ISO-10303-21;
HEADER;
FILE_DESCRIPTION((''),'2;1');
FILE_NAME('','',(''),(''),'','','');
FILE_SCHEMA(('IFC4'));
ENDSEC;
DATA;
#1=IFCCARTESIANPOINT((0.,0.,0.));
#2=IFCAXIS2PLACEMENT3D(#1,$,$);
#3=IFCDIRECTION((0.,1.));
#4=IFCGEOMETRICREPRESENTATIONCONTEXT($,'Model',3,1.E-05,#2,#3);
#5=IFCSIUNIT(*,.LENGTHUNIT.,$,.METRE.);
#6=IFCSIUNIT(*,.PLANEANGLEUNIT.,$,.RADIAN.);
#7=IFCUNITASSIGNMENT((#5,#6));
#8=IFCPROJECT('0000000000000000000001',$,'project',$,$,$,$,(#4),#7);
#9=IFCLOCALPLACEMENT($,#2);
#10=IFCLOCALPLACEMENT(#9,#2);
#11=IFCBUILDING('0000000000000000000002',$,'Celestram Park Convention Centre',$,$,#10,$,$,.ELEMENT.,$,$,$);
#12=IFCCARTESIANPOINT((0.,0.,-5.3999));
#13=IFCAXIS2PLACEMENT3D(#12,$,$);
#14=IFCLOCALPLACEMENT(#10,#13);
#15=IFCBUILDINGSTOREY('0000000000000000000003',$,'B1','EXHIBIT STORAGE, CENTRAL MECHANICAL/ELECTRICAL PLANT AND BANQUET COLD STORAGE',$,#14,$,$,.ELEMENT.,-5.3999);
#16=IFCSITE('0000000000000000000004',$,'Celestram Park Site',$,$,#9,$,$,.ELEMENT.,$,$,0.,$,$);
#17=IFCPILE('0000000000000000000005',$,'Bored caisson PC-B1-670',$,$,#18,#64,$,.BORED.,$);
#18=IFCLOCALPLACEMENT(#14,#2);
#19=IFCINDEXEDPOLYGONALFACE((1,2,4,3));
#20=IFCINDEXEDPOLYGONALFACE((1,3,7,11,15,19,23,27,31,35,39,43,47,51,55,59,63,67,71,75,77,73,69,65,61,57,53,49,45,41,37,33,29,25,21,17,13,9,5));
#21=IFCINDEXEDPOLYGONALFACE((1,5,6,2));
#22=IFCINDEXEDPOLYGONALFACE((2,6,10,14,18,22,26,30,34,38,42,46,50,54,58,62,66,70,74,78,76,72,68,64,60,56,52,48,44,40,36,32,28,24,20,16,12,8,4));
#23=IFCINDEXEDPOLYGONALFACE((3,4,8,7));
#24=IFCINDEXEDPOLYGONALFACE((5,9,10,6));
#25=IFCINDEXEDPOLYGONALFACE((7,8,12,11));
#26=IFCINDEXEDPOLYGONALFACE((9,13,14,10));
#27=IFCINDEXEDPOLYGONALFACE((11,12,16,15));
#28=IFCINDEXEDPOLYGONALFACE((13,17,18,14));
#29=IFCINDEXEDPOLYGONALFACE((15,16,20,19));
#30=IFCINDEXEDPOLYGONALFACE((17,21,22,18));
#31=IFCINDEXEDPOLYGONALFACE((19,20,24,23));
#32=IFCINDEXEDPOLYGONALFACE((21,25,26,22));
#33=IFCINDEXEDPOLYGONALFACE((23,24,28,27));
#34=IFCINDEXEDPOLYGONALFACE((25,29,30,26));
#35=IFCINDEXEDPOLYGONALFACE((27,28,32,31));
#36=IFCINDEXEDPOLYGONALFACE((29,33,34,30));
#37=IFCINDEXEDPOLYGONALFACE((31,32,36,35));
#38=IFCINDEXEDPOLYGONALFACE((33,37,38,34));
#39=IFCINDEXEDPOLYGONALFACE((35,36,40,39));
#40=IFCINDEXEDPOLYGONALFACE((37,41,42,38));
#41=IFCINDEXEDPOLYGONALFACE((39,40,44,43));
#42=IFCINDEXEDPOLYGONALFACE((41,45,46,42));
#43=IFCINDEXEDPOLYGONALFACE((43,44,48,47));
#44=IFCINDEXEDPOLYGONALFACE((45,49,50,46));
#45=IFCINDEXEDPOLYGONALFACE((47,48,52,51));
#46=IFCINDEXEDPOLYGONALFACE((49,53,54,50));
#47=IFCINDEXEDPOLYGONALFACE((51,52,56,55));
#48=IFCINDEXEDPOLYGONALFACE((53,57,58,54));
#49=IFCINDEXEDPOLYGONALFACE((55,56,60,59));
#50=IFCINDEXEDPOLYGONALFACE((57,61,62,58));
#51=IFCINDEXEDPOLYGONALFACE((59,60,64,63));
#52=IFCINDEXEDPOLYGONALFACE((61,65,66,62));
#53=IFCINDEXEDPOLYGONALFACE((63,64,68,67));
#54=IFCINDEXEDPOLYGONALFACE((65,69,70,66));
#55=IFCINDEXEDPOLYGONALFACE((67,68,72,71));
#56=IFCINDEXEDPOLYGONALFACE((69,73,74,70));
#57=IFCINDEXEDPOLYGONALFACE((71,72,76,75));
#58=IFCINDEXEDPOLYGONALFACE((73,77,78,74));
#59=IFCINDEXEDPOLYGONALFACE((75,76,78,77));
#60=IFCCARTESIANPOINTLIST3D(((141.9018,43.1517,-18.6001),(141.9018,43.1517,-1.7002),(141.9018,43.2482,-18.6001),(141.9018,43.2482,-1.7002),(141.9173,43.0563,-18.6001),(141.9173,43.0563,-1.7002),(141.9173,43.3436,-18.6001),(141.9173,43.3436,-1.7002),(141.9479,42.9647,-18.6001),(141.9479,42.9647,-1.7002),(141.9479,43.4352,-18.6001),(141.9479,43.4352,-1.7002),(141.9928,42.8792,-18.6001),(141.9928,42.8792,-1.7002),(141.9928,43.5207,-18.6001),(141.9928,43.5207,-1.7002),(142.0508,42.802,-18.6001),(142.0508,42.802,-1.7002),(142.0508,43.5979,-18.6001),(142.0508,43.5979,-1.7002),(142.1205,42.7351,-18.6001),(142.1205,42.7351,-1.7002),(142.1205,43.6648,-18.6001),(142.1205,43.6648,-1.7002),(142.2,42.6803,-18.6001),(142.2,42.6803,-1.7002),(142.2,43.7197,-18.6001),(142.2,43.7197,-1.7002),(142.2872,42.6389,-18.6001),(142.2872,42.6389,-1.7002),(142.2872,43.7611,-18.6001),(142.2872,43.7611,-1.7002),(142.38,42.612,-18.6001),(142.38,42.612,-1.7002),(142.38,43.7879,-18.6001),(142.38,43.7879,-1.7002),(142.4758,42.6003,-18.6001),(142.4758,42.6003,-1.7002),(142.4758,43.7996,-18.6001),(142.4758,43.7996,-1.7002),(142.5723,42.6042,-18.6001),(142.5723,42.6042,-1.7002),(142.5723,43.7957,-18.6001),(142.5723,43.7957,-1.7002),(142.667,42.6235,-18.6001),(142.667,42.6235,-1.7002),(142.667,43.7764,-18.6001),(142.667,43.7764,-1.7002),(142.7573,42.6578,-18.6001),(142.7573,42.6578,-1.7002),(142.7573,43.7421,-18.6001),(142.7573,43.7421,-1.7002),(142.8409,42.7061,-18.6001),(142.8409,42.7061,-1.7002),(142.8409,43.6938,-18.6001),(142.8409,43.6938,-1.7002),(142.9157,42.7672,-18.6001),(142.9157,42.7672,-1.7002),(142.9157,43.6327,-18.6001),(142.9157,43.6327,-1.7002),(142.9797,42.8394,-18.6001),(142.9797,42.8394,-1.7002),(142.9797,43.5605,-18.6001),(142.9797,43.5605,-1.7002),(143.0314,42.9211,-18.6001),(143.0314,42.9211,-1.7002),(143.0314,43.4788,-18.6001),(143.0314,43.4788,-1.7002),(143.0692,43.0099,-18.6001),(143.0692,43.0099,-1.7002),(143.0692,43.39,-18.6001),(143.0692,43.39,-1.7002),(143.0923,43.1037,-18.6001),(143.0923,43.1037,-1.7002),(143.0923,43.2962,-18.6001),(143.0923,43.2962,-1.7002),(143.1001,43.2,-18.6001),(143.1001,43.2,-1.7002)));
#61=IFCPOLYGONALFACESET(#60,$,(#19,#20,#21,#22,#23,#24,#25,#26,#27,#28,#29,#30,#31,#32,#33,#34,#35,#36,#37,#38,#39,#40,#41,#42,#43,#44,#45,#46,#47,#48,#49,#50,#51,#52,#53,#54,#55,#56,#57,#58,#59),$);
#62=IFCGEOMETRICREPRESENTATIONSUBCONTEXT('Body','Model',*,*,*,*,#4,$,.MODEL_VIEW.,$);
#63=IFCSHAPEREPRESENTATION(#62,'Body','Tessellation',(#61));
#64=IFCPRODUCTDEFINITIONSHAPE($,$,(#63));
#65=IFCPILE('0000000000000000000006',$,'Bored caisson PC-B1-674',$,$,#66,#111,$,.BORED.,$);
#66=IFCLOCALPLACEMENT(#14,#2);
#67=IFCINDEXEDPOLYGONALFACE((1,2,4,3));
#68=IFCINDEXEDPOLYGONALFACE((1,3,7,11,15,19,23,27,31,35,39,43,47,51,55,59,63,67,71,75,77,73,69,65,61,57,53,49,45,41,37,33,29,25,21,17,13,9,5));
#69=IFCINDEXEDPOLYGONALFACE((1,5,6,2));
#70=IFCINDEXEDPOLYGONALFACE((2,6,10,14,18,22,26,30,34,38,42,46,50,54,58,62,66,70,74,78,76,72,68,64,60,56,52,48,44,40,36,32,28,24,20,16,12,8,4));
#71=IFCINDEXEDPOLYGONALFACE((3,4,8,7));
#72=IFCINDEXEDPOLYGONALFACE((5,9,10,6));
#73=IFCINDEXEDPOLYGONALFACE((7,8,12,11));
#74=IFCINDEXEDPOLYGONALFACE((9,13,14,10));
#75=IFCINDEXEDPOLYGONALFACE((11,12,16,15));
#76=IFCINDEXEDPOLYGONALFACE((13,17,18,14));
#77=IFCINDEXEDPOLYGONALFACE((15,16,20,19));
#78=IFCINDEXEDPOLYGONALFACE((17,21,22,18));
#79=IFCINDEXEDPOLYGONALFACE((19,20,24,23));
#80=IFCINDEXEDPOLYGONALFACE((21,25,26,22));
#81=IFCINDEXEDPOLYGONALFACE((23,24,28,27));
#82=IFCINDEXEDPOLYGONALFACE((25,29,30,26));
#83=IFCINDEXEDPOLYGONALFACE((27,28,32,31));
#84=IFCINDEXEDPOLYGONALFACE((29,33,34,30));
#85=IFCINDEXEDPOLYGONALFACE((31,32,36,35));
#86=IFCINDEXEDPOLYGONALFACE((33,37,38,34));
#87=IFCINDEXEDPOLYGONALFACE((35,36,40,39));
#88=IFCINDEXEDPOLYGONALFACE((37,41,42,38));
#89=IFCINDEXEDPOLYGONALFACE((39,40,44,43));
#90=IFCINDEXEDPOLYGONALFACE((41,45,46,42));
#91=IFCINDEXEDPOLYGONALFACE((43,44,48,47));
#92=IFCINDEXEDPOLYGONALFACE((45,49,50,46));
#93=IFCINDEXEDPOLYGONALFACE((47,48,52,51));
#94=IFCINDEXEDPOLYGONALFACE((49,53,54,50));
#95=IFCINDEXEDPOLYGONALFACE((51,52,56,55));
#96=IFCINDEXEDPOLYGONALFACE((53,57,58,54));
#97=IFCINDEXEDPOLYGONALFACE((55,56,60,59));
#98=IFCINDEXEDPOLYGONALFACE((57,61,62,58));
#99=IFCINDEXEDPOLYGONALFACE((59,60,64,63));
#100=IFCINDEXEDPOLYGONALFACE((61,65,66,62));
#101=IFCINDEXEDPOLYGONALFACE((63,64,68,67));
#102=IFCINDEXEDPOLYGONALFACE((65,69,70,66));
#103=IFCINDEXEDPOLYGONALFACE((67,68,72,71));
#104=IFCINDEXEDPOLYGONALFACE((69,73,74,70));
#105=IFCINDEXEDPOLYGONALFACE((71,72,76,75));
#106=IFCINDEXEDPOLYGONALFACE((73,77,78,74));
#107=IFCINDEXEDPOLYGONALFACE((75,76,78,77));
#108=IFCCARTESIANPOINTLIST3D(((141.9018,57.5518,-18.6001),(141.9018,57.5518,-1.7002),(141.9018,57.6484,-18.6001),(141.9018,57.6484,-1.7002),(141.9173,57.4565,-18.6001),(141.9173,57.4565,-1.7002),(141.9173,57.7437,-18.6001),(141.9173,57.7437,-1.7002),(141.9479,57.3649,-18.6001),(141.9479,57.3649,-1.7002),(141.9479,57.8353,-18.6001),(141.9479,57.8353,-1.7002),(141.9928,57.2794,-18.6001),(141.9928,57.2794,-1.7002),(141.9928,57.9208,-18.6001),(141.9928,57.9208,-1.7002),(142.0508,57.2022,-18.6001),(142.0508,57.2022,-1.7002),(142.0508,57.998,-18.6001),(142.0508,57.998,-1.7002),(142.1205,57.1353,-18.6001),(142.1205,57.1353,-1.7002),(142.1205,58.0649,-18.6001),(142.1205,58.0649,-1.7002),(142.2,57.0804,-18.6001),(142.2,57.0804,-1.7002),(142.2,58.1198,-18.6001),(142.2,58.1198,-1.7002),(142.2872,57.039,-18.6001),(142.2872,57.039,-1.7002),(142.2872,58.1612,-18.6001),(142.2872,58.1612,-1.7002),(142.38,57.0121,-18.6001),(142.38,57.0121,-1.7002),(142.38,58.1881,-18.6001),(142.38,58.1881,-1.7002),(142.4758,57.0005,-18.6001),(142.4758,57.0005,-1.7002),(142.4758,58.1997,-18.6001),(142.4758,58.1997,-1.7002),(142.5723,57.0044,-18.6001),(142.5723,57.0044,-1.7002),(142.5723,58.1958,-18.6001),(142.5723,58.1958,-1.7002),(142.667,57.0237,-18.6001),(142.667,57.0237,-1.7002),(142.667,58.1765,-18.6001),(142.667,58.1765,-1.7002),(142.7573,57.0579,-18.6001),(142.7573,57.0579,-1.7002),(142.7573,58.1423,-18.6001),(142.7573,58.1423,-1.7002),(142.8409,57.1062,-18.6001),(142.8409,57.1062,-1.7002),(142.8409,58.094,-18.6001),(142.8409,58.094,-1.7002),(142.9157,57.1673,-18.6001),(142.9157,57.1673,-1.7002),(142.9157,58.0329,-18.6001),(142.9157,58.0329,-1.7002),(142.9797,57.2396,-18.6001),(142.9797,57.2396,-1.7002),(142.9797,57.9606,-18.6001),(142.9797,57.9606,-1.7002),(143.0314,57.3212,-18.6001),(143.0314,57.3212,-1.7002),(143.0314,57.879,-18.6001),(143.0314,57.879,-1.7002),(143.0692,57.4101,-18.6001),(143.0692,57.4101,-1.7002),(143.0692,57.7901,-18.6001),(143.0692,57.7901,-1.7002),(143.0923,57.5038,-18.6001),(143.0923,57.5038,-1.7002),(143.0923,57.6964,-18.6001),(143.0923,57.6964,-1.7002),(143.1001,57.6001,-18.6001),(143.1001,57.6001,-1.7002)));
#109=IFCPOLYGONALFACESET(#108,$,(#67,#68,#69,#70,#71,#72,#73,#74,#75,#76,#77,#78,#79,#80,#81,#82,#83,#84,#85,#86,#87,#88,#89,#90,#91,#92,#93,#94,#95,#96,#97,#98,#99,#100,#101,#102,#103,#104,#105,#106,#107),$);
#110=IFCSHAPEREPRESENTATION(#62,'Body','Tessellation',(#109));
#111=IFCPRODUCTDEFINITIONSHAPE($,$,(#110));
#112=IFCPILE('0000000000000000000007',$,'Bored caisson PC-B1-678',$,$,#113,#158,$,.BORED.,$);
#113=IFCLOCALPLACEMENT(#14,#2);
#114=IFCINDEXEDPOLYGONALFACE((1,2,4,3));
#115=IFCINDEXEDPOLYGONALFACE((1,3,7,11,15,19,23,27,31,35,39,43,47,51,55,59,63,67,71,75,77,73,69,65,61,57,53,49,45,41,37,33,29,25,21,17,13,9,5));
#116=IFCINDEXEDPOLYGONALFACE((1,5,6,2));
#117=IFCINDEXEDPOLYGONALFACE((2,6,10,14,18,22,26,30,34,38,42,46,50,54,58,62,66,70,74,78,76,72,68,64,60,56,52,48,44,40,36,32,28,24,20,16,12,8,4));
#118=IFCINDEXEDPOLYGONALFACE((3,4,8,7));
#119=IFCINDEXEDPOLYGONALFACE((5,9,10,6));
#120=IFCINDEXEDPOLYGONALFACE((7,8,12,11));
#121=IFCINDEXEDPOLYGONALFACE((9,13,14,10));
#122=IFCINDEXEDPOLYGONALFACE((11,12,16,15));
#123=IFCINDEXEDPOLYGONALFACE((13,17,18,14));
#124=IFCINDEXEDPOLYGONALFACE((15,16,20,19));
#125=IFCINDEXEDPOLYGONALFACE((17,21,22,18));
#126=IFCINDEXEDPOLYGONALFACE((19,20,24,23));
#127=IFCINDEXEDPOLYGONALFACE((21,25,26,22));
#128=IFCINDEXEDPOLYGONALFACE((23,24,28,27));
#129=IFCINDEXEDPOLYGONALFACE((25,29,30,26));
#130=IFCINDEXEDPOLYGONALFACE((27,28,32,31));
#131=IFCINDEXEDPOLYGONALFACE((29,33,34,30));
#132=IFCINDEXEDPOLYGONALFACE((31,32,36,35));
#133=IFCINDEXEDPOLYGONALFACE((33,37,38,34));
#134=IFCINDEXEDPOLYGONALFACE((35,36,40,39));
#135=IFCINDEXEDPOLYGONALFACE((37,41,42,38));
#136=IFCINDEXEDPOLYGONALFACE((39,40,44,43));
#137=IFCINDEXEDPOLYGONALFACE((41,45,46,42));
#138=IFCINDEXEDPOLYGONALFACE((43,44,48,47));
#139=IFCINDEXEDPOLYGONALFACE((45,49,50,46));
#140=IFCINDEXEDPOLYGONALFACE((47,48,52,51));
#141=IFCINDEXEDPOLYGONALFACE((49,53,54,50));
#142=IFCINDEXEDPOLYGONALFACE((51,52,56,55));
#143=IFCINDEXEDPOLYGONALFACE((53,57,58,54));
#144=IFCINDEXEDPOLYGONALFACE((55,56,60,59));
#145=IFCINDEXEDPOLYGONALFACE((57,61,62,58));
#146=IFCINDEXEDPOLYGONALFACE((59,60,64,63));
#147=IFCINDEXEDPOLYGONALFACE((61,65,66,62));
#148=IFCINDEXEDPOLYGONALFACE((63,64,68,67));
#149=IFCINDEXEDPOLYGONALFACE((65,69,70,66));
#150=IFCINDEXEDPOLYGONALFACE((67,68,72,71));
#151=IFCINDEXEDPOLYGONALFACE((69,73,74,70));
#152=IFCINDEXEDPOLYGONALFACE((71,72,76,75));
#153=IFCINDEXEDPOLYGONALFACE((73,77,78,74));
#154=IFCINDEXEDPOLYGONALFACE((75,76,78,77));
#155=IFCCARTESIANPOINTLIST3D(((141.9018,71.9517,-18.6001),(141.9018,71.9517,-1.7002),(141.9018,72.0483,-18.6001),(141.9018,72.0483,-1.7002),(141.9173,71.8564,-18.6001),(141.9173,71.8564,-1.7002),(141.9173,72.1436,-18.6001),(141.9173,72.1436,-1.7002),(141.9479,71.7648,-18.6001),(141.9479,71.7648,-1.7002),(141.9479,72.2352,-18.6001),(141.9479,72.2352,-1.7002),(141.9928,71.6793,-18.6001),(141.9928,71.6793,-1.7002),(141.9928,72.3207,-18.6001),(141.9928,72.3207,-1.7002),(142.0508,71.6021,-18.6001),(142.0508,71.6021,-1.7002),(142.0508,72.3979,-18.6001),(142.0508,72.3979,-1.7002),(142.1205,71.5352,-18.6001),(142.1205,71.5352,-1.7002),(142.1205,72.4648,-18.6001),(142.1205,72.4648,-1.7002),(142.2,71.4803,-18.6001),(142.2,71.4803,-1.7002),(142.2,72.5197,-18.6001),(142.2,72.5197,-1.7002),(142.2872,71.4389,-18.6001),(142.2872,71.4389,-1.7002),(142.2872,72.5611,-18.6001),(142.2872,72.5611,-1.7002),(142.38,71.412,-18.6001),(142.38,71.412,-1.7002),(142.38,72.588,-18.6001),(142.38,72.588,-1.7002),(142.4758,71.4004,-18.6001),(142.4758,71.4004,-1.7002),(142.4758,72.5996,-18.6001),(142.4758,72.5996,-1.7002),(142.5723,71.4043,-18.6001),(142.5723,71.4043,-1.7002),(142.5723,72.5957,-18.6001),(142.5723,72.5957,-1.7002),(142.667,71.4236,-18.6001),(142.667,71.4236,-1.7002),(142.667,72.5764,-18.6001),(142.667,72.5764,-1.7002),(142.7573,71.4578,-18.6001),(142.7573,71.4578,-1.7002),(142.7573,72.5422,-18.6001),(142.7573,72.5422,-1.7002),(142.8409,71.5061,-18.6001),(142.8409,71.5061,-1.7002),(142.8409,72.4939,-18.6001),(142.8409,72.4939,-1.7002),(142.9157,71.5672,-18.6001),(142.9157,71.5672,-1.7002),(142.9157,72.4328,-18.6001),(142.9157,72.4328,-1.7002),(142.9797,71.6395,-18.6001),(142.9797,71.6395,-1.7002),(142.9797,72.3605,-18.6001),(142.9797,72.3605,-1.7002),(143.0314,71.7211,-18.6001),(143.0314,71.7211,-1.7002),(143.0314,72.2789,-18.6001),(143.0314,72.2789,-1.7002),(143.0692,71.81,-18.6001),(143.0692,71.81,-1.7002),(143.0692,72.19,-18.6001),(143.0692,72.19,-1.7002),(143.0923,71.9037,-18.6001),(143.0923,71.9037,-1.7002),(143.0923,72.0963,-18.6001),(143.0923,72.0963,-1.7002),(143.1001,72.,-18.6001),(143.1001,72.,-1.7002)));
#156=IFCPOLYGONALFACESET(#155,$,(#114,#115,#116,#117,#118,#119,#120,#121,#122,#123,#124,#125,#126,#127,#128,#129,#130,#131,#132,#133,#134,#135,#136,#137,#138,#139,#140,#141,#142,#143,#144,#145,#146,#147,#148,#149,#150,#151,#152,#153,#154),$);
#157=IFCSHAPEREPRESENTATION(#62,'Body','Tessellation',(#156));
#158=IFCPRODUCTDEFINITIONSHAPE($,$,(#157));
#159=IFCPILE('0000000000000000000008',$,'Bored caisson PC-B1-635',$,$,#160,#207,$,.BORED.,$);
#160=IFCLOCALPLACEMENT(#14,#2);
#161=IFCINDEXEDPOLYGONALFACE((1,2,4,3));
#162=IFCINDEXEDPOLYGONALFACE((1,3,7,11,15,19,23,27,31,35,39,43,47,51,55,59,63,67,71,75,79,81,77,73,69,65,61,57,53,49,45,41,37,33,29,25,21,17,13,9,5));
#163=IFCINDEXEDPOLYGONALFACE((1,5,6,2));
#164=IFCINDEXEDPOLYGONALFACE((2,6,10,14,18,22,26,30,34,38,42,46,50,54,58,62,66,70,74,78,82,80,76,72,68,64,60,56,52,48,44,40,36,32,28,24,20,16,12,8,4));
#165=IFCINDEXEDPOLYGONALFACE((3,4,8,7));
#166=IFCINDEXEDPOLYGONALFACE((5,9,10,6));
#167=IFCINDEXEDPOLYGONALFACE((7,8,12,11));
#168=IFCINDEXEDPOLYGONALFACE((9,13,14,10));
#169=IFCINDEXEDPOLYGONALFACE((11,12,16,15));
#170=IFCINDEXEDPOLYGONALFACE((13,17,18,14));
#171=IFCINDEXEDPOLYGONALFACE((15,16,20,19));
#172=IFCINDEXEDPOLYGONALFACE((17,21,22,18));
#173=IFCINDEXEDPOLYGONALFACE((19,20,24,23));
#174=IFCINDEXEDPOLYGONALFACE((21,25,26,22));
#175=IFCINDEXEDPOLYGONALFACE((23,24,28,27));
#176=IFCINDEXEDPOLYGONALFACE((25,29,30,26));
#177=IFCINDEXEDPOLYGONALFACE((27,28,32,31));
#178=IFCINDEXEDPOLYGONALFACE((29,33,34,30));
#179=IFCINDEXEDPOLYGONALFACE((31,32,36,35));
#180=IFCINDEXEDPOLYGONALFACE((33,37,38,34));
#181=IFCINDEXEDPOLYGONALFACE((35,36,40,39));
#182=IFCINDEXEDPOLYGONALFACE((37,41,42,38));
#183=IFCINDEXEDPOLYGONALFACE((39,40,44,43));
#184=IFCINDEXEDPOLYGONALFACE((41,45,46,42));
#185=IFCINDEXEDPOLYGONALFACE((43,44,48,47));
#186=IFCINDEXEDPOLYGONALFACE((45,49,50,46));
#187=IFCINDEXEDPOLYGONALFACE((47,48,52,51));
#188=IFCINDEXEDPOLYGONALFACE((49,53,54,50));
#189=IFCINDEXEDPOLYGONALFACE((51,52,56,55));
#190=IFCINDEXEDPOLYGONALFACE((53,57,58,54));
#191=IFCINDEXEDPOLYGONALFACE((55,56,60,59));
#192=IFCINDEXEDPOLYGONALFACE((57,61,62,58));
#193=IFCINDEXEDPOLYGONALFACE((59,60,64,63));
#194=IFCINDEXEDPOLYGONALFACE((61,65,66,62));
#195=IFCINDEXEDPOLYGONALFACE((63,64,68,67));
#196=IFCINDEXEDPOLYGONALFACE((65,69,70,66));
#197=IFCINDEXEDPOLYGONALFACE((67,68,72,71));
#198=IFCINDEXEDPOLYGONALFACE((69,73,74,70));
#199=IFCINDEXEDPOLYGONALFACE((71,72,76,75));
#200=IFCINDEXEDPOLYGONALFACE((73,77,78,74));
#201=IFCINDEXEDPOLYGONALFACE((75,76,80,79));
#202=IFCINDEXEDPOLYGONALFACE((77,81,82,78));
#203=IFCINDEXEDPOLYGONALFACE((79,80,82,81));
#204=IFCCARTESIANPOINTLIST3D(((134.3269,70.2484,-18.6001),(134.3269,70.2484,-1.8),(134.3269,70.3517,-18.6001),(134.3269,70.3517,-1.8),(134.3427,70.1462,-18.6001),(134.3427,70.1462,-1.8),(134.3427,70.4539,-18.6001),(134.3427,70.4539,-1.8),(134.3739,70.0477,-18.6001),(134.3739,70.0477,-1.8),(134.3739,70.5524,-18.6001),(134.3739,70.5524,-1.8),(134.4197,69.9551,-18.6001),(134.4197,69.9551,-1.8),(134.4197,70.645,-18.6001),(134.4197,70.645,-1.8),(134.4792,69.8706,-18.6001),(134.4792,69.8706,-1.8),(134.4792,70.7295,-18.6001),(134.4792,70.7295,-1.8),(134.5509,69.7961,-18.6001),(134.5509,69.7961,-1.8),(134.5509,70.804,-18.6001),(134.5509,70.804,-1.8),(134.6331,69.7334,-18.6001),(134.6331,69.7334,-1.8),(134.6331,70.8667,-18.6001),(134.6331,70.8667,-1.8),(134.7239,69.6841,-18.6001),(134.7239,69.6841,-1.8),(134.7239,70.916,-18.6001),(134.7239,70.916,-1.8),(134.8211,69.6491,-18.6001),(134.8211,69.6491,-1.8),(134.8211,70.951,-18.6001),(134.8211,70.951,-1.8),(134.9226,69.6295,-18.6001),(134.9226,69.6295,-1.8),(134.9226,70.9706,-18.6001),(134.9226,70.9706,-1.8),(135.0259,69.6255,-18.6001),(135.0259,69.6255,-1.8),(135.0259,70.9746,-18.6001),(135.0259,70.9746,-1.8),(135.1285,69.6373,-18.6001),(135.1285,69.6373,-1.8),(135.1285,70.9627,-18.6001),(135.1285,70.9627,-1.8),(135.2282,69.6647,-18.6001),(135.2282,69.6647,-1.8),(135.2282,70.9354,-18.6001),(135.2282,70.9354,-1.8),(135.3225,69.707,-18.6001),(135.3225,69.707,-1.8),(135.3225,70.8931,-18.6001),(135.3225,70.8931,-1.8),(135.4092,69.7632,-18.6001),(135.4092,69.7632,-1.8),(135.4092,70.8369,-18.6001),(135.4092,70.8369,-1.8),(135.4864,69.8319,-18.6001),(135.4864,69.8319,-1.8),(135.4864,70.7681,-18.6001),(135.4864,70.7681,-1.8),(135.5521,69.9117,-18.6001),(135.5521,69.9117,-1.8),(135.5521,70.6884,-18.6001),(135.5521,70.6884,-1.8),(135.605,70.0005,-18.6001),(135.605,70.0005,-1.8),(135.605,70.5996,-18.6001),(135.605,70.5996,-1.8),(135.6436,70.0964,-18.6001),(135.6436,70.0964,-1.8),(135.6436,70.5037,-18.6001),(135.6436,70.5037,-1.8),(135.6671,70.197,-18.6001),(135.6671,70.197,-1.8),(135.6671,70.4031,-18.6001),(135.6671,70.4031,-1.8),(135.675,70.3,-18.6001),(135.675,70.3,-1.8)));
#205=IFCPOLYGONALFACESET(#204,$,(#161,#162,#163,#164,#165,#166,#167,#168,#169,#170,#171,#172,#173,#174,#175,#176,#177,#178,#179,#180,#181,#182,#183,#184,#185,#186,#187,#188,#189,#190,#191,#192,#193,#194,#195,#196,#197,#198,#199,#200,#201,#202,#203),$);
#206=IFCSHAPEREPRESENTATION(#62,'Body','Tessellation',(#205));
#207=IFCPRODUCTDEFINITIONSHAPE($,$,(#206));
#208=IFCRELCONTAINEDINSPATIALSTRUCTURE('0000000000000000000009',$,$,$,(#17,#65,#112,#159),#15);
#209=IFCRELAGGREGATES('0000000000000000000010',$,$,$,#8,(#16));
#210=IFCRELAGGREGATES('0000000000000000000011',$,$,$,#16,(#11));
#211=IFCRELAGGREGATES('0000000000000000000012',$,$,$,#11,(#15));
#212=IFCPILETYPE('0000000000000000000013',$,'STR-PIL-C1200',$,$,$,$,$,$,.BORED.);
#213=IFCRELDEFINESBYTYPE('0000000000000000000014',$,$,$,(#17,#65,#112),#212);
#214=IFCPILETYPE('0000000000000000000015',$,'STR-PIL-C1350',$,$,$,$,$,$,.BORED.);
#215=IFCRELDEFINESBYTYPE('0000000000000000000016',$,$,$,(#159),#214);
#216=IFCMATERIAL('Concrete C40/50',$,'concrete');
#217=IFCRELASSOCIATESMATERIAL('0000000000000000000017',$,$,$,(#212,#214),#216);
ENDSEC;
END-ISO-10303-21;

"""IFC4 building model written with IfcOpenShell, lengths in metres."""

from ifc_helpers import new_model, si_unit, direction, frame, origin, origin_2d, place, context, subcontext, project, spatial, circle, extrude, material, material_profile, profile_set, type_object, element, save


model = new_model("IFC4")

# Units and contexts
model_context = context("Model", 3, precision=1e-05, world=origin(), true_north=direction((0.0, 1.0)))
body_context = subcontext(model_context, "Body", "Model", "MODEL_VIEW")
ifc_project = project(units=[si_unit("LENGTHUNIT", "METRE"), si_unit("PLANEANGLEUNIT", "RADIAN")], contexts=[model_context])

# Site, building, storey
site_placement = place(None, origin())
site = spatial("IfcSite", under=ifc_project, at=site_placement, Name="Celestram Park Site", CompositionType="ELEMENT", RefElevation=0.0)
building_placement = place(site_placement, origin())
building = spatial("IfcBuilding", under=site, at=building_placement, Name="Celestram Park Convention Centre", CompositionType="ELEMENT")
storey_placement = place(building_placement, frame((0.0, 0.0, -5.3999)))
storey = spatial("IfcBuildingStorey", under=building, at=storey_placement, Name="B1", Description="EXHIBIT STORAGE, CENTRAL MECHANICAL/ELECTRICAL PLANT AND BANQUET COLD STORAGE", CompositionType="ELEMENT", Elevation=-5.3999)

# Shared definitions
ifc_material_1 = material(Name="Concrete C40/50", Category="concrete")

# Piles
ifc_material_profile_1 = material_profile(ifc_material_1, circle(Radius=0.6001, at=origin_2d()), Name="CAISSON1200")
ifc_profile_set_1 = profile_set([ifc_material_profile_1], Name="Concrete C40/50")
pile_type_1 = type_object("IfcPileType", Name="STR-PIL-C1200", PredefinedType="BORED", material=ifc_profile_set_1)
for number, where, z_axis, x_axis, name in (
    (1, (142.5, 43.2, -1.7002), (0.0, 0.0, -1.0), (1.0, 0.0, 0.0), "Bored caisson PC-B1-670"),
    (2, (142.5, 57.6001, -1.7002), (0.0, 0.0, -1.0), (1.0, 0.0, 0.0), "Bored caisson PC-B1-674"),
    (3, (142.5, 72.0, -1.7002), (0.0, 0.0, -1.0), (1.0, 0.0, 0.0), "Bored caisson PC-B1-678"),
):
    element("IfcPile", number, at=place(storey_placement, frame(where, z_axis=z_axis, x_axis=x_axis)), inside=storey, type_object=pile_type_1, Name=name, PredefinedType="BORED", context=body_context, shape_type="SweptSolid", body=[
        extrude(circle(Radius=0.6001, at=origin_2d()), origin(), (0.0, 0.0, 1.0), 16.8999),
    ])
ifc_material_profile_2 = material_profile(ifc_material_1, circle(Radius=0.675, at=origin_2d()), Name="CAISSON1350")
ifc_profile_set_2 = profile_set([ifc_material_profile_2], Name="Concrete C40/50")
pile_type_2 = type_object("IfcPileType", Name="STR-PIL-C1350", PredefinedType="BORED", material=ifc_profile_set_2)
for number, where, z_axis, x_axis, name in (
    (4, (135.0, 70.3, -1.8), (0.0, 0.0, -1.0), (1.0, 0.0, 0.0), "Bored caisson PC-B1-635"),
):
    element("IfcPile", number, at=place(storey_placement, frame(where, z_axis=z_axis, x_axis=x_axis)), inside=storey, type_object=pile_type_2, Name=name, PredefinedType="BORED", context=body_context, shape_type="SweptSolid", body=[
        extrude(circle(Radius=0.675, at=origin_2d()), origin(), (0.0, 0.0, 1.0), 16.8),
    ])

save(model, "model.ifc")
